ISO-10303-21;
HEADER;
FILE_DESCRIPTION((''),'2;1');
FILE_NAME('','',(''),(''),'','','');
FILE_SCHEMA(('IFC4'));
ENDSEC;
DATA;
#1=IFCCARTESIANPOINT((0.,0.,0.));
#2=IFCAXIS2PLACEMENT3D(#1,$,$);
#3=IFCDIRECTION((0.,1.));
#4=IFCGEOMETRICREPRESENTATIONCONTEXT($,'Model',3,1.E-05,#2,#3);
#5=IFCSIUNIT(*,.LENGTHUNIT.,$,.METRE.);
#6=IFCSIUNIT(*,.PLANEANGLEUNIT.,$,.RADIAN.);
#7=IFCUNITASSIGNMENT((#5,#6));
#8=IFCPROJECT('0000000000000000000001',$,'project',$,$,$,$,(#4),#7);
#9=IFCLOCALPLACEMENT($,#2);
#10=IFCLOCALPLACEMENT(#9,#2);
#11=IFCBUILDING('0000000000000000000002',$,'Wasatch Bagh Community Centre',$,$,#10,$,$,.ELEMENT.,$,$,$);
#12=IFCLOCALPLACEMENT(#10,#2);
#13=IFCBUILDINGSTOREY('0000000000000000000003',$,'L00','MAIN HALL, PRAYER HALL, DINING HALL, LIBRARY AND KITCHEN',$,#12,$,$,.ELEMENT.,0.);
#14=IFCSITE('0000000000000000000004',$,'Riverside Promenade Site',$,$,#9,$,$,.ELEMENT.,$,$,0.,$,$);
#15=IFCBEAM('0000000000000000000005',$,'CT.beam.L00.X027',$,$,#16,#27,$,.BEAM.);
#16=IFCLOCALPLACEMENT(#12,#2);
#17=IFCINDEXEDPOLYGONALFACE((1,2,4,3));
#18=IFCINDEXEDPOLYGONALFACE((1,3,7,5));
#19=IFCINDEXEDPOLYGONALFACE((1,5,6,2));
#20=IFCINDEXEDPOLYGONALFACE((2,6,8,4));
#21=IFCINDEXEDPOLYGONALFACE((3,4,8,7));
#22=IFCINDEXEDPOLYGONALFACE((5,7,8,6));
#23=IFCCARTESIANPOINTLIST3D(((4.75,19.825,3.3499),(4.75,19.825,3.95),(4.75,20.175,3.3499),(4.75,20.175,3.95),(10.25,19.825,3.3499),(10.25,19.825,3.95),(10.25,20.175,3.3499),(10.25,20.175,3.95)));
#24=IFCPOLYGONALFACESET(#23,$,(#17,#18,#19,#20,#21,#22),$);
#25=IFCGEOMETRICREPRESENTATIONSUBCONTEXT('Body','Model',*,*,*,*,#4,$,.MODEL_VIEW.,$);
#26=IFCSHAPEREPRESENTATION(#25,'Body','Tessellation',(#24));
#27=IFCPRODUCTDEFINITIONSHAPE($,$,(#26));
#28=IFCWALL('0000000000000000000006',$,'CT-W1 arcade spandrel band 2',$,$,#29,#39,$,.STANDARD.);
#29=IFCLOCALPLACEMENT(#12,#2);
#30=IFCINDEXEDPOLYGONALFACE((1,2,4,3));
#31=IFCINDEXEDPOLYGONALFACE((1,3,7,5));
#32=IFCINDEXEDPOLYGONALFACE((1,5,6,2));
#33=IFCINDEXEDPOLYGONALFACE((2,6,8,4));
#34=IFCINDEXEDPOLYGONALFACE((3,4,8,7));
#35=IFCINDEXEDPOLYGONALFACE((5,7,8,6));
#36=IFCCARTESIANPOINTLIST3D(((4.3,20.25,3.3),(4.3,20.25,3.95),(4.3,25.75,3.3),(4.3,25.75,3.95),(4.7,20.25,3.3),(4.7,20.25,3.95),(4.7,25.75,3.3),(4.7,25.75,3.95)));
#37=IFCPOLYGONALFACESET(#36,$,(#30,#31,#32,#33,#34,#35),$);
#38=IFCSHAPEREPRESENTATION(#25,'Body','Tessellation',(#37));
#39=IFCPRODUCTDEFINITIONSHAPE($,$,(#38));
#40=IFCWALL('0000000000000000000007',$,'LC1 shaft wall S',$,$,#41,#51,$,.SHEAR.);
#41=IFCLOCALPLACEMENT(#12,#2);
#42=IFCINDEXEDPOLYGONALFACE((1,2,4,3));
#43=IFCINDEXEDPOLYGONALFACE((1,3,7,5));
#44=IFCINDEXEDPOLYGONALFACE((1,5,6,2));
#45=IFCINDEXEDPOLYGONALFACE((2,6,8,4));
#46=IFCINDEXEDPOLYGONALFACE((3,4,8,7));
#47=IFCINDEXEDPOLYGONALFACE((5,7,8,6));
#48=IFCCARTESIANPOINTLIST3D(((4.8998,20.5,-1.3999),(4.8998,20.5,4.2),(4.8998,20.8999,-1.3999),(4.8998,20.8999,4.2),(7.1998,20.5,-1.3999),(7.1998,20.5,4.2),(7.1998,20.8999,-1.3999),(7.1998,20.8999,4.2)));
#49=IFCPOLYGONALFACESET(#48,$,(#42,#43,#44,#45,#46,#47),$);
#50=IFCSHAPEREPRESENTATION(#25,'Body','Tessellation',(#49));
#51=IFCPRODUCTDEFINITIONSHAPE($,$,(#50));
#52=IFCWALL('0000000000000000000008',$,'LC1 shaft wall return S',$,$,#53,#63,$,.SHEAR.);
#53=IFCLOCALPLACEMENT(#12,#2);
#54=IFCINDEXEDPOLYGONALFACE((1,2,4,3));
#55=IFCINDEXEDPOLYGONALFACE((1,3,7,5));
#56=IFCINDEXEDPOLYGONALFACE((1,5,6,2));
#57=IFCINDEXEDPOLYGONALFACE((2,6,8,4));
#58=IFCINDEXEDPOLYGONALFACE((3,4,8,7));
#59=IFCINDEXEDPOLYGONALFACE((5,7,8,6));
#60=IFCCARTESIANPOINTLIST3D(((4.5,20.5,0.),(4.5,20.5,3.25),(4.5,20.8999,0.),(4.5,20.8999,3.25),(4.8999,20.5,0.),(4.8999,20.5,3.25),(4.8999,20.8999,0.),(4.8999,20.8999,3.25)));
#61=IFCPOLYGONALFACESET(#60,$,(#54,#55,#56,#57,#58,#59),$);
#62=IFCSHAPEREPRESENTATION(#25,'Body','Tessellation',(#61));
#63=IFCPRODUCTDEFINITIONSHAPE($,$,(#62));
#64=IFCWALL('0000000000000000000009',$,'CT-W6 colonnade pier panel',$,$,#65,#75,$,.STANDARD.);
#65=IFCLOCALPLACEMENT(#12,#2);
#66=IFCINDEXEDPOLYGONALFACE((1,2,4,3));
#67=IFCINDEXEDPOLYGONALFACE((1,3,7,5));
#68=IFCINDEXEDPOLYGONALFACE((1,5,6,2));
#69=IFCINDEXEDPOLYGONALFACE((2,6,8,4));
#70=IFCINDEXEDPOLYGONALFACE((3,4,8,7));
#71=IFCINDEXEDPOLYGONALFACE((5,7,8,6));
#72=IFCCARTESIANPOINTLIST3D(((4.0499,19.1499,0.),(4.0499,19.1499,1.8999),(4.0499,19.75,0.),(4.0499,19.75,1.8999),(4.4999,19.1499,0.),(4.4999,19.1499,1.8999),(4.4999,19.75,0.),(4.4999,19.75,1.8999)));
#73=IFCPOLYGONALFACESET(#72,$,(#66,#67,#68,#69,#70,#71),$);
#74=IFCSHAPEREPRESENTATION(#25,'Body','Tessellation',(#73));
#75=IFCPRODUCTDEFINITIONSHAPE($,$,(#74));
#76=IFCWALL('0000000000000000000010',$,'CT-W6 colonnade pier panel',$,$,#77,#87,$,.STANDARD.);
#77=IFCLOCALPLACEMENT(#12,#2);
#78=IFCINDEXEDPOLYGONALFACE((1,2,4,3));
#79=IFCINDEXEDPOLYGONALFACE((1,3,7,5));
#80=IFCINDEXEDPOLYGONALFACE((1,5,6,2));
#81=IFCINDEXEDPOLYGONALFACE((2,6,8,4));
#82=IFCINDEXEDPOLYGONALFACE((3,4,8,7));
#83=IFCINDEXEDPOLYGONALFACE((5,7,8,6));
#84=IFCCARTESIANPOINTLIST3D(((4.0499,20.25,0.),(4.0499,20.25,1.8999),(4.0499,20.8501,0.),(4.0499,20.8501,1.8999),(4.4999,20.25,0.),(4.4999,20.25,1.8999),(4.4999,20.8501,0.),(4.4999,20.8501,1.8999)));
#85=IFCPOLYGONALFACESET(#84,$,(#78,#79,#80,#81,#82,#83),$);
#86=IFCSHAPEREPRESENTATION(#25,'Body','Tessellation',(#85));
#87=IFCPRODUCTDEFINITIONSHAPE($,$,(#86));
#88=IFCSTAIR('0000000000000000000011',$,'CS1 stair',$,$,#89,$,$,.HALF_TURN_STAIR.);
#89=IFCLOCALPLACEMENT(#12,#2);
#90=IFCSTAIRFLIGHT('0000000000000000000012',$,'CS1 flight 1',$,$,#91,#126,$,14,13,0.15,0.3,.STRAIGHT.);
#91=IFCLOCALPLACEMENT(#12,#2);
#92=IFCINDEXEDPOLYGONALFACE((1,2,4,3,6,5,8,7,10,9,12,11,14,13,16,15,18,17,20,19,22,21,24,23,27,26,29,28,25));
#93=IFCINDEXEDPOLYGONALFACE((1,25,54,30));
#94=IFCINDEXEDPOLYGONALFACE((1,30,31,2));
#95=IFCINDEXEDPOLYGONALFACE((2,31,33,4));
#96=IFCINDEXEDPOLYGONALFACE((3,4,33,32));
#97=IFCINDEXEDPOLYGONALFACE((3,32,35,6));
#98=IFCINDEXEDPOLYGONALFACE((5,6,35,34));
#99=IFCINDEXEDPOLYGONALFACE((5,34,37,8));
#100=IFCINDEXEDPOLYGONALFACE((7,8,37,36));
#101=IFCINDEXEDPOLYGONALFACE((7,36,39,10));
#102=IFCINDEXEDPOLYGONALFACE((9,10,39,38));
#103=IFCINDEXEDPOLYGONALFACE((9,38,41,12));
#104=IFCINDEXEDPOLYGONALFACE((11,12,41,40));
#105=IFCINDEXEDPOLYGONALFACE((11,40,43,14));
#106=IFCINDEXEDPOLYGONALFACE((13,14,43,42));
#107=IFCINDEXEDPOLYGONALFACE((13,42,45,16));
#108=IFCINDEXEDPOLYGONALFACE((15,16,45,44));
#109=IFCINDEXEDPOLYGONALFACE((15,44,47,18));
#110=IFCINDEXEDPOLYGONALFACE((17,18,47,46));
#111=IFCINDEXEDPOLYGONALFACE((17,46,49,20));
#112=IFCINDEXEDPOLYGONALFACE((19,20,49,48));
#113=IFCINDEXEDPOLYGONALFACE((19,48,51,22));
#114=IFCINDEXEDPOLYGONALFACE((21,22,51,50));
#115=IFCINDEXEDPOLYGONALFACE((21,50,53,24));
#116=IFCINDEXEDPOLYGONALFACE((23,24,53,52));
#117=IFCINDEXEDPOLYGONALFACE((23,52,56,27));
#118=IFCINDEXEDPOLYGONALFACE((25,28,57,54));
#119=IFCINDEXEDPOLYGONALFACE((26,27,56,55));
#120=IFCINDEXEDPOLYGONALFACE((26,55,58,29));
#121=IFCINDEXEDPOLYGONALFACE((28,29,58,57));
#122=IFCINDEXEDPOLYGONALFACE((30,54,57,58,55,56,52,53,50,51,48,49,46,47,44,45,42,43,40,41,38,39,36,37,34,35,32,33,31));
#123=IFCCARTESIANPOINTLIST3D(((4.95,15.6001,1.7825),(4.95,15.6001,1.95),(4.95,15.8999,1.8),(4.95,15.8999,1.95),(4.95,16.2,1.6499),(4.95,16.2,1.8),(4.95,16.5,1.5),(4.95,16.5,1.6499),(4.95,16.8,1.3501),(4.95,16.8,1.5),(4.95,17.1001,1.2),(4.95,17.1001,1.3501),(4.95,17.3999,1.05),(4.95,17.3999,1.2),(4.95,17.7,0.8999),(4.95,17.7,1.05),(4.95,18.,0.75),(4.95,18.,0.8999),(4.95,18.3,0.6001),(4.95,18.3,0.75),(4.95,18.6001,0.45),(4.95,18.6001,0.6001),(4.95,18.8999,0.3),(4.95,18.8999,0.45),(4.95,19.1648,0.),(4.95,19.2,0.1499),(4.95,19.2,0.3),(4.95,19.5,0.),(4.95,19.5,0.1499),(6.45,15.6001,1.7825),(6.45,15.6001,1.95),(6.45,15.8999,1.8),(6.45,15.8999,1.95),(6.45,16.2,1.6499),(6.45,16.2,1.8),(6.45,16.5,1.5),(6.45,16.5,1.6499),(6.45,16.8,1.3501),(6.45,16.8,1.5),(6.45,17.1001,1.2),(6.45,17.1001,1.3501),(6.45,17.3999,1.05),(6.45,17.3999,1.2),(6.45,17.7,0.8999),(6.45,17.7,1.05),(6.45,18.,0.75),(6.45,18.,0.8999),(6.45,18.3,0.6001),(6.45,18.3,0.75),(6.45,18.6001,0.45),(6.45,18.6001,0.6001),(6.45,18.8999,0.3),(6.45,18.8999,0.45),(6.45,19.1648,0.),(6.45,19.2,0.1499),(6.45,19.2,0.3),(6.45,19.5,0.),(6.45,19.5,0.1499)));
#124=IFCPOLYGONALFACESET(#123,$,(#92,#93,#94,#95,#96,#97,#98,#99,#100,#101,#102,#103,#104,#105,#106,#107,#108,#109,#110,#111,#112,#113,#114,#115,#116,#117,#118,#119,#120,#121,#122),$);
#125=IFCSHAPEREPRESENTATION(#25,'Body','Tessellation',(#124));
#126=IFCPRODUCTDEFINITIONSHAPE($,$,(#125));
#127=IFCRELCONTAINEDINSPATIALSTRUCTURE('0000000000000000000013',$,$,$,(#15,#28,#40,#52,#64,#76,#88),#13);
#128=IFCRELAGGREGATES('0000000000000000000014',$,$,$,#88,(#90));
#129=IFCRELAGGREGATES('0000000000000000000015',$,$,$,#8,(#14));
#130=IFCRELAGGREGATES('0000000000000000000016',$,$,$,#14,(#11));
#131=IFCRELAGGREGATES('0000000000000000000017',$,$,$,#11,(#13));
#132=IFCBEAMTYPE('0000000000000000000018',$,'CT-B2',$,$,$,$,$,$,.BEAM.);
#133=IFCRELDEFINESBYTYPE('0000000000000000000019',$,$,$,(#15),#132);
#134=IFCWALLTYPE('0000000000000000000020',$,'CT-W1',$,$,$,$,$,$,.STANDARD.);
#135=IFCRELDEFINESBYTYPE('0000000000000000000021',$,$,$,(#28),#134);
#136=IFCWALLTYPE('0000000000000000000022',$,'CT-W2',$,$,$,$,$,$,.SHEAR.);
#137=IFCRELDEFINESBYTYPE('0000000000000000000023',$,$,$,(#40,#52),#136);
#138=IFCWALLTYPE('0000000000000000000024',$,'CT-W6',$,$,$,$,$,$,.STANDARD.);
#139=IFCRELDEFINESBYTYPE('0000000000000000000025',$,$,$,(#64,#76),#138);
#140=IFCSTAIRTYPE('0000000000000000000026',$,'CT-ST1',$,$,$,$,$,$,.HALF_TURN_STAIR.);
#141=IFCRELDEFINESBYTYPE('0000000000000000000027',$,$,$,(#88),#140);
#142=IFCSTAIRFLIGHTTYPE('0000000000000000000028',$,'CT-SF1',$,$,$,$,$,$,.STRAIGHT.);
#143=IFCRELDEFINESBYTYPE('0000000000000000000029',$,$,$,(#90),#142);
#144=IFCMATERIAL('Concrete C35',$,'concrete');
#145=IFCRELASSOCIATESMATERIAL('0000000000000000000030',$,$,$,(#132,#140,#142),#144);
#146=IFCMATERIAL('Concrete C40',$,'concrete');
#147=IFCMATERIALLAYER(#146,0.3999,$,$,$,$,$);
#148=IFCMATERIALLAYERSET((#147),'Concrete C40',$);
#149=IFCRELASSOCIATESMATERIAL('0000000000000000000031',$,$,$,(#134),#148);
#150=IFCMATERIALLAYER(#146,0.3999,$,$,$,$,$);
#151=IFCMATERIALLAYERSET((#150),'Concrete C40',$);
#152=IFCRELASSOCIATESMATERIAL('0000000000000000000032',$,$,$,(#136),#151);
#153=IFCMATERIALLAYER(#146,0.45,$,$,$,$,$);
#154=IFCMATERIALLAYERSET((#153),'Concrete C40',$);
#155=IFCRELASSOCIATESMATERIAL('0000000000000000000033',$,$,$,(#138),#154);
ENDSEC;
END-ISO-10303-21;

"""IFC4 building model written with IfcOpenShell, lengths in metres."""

from ifc_helpers import new_model, si_unit, direction, frame, frame_2d, origin, origin_2d, place, context, subcontext, project, spatial, polyline, rectangle, outline, extrude, material, layer, layer_set, material_profile, profile_set, type_object, element, aggregate, save


model = new_model("IFC4")

# Units and contexts
model_context = context("Model", 3, precision=1e-05, world=origin(), true_north=direction((0.0, 1.0)))
body_context = subcontext(model_context, "Body", "Model", "MODEL_VIEW")
ifc_project = project(units=[si_unit("LENGTHUNIT", "METRE"), si_unit("PLANEANGLEUNIT", "RADIAN")], contexts=[model_context])

# Site, building, storey
site_placement = place(None, origin())
site = spatial("IfcSite", under=ifc_project, at=site_placement, Name="Riverside Promenade Site", CompositionType="ELEMENT", RefElevation=0.0)
building_placement = place(site_placement, origin())
building = spatial("IfcBuilding", under=site, at=building_placement, Name="Wasatch Bagh Community Centre", CompositionType="ELEMENT")
storey_placement = place(building_placement, origin())
storey = spatial("IfcBuildingStorey", under=building, at=storey_placement, Name="L00", Description="MAIN HALL, PRAYER HALL, DINING HALL, LIBRARY AND KITCHEN", CompositionType="ELEMENT", Elevation=0.0)

# Shared definitions
ifc_material_1 = material(Name="Concrete C35", Category="concrete")

# Shared definitions
ifc_material_2 = material(Name="Concrete C40", Category="concrete")

# Beam
ifc_material_profile_1 = material_profile(ifc_material_1, rectangle(XDim=0.3501, YDim=0.6001, at=origin_2d()), Name="RC 350x600")
ifc_profile_set_1 = profile_set([ifc_material_profile_1], Name="Concrete C35")
beam_type_1 = type_object("IfcBeamType", Name="CT-B2", PredefinedType="BEAM", material=ifc_profile_set_1)
beam_placement = place(storey_placement, frame((4.75, 20.0, 3.6499), z_axis=(1.0, 0.0, 0.0), x_axis=(0.0, 1.0, 0.0)))
element("IfcBeam", 1, at=beam_placement, inside=storey, type_object=beam_type_1, Name="CT.beam.L00.X027", PredefinedType="BEAM", context=body_context, shape_type="SweptSolid", body=[
    extrude(rectangle(XDim=0.3501, YDim=0.6001, at=origin_2d()), origin(), (0.0, 0.0, 1.0), 5.5),
])

# Walls
ifc_layer_1 = layer(ifc_material_2, 0.3999)
ifc_layer_set_1 = layer_set([ifc_layer_1], Name="Concrete C40")
wall_type_1 = type_object("IfcWallType", Name="CT-W1", PredefinedType="STANDARD", material=ifc_layer_set_1)
wall_1_placement = place(storey_placement, frame((4.5, 20.25, 3.3), z_axis=(0.0, 0.0, 1.0), x_axis=(0.0, 1.0, 0.0)))
element("IfcWall", 2, at=wall_1_placement, inside=storey, type_object=wall_type_1, Name="CT-W1 arcade spandrel band 2", PredefinedType="STANDARD", context=body_context, shape_type="SweptSolid", body=[
    extrude(rectangle(XDim=5.5, YDim=0.3999, at=frame_2d((2.75, 0.0))), origin(), (0.0, 0.0, 1.0), 0.6499),
])
ifc_layer_2 = layer(ifc_material_2, 0.3999)
ifc_layer_set_2 = layer_set([ifc_layer_2], Name="Concrete C40")
wall_type_2 = type_object("IfcWallType", Name="CT-W2", PredefinedType="SHEAR", material=ifc_layer_set_2)
wall_2_placement = place(storey_placement, frame((4.8999, 20.7, -1.3999), z_axis=(0.0, 0.0, 1.0), x_axis=(1.0, 0.0, 0.0)))
element("IfcWall", 3, at=wall_2_placement, inside=storey, type_object=wall_type_2, Name="LC1 shaft wall S", PredefinedType="SHEAR", context=body_context, shape_type="SweptSolid", body=[
    extrude(rectangle(XDim=2.3, YDim=0.3999, at=frame_2d((1.1499, 0.0))), origin(), (0.0, 0.0, 1.0), 5.5999),
])
wall_3_placement = place(storey_placement, frame((4.5, 20.7, 0.0), z_axis=(0.0, 0.0, 1.0), x_axis=(1.0, 0.0, 0.0)))
element("IfcWall", 4, at=wall_3_placement, inside=storey, type_object=wall_type_2, Name="LC1 shaft wall return S", PredefinedType="SHEAR", context=body_context, shape_type="SweptSolid", body=[
    extrude(rectangle(XDim=0.3999, YDim=0.3999, at=frame_2d((0.2, 0.0))), origin(), (0.0, 0.0, 1.0), 3.25),
])
ifc_layer_3 = layer(ifc_material_2, 0.45)
ifc_layer_set_3 = layer_set([ifc_layer_3], Name="Concrete C40")
wall_type_3 = type_object("IfcWallType", Name="CT-W6", PredefinedType="STANDARD", material=ifc_layer_set_3)
for number, where, z_axis, x_axis, name in (
    (5, (4.2749, 19.75, 0.0), (0.0, 0.0, 1.0), (0.0, -1.0, 0.0), "CT-W6 colonnade pier panel"),
    (6, (4.2749, 20.25, 0.0), (0.0, 0.0, 1.0), (0.0, 1.0, 0.0), "CT-W6 colonnade pier panel"),
):
    element("IfcWall", number, at=place(storey_placement, frame(where, z_axis=z_axis, x_axis=x_axis)), inside=storey, type_object=wall_type_3, Name=name, PredefinedType="STANDARD", context=body_context, shape_type="SweptSolid", body=[
        extrude(rectangle(XDim=0.6001, YDim=0.45, at=frame_2d((0.3, 0.0))), origin(), (0.0, 0.0, 1.0), 1.8999),
    ])

# Stair, stair flight
stair_type = type_object("IfcStairType", Name="CT-ST1", PredefinedType="HALF_TURN_STAIR", material=ifc_material_1)
stair_placement = place(storey_placement, origin())
stair = element("IfcStair", 7, at=stair_placement, inside=storey, type_object=stair_type, Name="CS1 stair", PredefinedType="HALF_TURN_STAIR")
stair_flight_type = type_object("IfcStairFlightType", Name="CT-SF1", PredefinedType="STRAIGHT", material=ifc_material_1)
stair_flight_placement = place(storey_placement, frame((5.7, 19.5, 0.0), z_axis=(0.0, 0.0, 1.0), x_axis=(0.0, -1.0, 0.0)))
stair_flight = element("IfcStairFlight", 8, at=stair_flight_placement, type_object=stair_flight_type, Name="CS1 flight 1", NumberOfRisers=14, NumberOfTreads=13, PredefinedType="STRAIGHT", RiserHeight=0.15, TreadLength=0.3, context=body_context, shape_type="SweptSolid", body=[
    extrude(outline(polyline([(0.0, 0.0), (0.0, 0.1499), (0.3, 0.1499), (0.3, 0.3), (0.6001, 0.3), (0.6001, 0.45), (0.8999, 0.45), (0.8999, 0.6001), (1.2, 0.6001), (1.2, 0.75), (1.5, 0.75), (1.5, 0.8999), (1.8, 0.8999), (1.8, 1.05), (2.1001, 1.05), (2.1001, 1.2), (2.3999, 1.2), (2.3999, 1.3501), (2.7, 1.3501), (2.7, 1.5), (3.0, 1.5), (3.0, 1.6499), (3.3, 1.6499), (3.3, 1.8), (3.6001, 1.8), (3.6001, 1.95), (3.8999, 1.95), (3.8999, 2.1001), (3.8999, 1.7825), (0.3352, 0.0), (0.0, 0.0)])), frame((0.0, 0.75, 0.0), z_axis=(0.0, -1.0, 0.0), x_axis=(1.0, 0.0, 0.0)), (0.0, 0.0, 1.0), 1.5),
])
aggregate(stair, [stair_flight])

save(model, "model.ifc")
